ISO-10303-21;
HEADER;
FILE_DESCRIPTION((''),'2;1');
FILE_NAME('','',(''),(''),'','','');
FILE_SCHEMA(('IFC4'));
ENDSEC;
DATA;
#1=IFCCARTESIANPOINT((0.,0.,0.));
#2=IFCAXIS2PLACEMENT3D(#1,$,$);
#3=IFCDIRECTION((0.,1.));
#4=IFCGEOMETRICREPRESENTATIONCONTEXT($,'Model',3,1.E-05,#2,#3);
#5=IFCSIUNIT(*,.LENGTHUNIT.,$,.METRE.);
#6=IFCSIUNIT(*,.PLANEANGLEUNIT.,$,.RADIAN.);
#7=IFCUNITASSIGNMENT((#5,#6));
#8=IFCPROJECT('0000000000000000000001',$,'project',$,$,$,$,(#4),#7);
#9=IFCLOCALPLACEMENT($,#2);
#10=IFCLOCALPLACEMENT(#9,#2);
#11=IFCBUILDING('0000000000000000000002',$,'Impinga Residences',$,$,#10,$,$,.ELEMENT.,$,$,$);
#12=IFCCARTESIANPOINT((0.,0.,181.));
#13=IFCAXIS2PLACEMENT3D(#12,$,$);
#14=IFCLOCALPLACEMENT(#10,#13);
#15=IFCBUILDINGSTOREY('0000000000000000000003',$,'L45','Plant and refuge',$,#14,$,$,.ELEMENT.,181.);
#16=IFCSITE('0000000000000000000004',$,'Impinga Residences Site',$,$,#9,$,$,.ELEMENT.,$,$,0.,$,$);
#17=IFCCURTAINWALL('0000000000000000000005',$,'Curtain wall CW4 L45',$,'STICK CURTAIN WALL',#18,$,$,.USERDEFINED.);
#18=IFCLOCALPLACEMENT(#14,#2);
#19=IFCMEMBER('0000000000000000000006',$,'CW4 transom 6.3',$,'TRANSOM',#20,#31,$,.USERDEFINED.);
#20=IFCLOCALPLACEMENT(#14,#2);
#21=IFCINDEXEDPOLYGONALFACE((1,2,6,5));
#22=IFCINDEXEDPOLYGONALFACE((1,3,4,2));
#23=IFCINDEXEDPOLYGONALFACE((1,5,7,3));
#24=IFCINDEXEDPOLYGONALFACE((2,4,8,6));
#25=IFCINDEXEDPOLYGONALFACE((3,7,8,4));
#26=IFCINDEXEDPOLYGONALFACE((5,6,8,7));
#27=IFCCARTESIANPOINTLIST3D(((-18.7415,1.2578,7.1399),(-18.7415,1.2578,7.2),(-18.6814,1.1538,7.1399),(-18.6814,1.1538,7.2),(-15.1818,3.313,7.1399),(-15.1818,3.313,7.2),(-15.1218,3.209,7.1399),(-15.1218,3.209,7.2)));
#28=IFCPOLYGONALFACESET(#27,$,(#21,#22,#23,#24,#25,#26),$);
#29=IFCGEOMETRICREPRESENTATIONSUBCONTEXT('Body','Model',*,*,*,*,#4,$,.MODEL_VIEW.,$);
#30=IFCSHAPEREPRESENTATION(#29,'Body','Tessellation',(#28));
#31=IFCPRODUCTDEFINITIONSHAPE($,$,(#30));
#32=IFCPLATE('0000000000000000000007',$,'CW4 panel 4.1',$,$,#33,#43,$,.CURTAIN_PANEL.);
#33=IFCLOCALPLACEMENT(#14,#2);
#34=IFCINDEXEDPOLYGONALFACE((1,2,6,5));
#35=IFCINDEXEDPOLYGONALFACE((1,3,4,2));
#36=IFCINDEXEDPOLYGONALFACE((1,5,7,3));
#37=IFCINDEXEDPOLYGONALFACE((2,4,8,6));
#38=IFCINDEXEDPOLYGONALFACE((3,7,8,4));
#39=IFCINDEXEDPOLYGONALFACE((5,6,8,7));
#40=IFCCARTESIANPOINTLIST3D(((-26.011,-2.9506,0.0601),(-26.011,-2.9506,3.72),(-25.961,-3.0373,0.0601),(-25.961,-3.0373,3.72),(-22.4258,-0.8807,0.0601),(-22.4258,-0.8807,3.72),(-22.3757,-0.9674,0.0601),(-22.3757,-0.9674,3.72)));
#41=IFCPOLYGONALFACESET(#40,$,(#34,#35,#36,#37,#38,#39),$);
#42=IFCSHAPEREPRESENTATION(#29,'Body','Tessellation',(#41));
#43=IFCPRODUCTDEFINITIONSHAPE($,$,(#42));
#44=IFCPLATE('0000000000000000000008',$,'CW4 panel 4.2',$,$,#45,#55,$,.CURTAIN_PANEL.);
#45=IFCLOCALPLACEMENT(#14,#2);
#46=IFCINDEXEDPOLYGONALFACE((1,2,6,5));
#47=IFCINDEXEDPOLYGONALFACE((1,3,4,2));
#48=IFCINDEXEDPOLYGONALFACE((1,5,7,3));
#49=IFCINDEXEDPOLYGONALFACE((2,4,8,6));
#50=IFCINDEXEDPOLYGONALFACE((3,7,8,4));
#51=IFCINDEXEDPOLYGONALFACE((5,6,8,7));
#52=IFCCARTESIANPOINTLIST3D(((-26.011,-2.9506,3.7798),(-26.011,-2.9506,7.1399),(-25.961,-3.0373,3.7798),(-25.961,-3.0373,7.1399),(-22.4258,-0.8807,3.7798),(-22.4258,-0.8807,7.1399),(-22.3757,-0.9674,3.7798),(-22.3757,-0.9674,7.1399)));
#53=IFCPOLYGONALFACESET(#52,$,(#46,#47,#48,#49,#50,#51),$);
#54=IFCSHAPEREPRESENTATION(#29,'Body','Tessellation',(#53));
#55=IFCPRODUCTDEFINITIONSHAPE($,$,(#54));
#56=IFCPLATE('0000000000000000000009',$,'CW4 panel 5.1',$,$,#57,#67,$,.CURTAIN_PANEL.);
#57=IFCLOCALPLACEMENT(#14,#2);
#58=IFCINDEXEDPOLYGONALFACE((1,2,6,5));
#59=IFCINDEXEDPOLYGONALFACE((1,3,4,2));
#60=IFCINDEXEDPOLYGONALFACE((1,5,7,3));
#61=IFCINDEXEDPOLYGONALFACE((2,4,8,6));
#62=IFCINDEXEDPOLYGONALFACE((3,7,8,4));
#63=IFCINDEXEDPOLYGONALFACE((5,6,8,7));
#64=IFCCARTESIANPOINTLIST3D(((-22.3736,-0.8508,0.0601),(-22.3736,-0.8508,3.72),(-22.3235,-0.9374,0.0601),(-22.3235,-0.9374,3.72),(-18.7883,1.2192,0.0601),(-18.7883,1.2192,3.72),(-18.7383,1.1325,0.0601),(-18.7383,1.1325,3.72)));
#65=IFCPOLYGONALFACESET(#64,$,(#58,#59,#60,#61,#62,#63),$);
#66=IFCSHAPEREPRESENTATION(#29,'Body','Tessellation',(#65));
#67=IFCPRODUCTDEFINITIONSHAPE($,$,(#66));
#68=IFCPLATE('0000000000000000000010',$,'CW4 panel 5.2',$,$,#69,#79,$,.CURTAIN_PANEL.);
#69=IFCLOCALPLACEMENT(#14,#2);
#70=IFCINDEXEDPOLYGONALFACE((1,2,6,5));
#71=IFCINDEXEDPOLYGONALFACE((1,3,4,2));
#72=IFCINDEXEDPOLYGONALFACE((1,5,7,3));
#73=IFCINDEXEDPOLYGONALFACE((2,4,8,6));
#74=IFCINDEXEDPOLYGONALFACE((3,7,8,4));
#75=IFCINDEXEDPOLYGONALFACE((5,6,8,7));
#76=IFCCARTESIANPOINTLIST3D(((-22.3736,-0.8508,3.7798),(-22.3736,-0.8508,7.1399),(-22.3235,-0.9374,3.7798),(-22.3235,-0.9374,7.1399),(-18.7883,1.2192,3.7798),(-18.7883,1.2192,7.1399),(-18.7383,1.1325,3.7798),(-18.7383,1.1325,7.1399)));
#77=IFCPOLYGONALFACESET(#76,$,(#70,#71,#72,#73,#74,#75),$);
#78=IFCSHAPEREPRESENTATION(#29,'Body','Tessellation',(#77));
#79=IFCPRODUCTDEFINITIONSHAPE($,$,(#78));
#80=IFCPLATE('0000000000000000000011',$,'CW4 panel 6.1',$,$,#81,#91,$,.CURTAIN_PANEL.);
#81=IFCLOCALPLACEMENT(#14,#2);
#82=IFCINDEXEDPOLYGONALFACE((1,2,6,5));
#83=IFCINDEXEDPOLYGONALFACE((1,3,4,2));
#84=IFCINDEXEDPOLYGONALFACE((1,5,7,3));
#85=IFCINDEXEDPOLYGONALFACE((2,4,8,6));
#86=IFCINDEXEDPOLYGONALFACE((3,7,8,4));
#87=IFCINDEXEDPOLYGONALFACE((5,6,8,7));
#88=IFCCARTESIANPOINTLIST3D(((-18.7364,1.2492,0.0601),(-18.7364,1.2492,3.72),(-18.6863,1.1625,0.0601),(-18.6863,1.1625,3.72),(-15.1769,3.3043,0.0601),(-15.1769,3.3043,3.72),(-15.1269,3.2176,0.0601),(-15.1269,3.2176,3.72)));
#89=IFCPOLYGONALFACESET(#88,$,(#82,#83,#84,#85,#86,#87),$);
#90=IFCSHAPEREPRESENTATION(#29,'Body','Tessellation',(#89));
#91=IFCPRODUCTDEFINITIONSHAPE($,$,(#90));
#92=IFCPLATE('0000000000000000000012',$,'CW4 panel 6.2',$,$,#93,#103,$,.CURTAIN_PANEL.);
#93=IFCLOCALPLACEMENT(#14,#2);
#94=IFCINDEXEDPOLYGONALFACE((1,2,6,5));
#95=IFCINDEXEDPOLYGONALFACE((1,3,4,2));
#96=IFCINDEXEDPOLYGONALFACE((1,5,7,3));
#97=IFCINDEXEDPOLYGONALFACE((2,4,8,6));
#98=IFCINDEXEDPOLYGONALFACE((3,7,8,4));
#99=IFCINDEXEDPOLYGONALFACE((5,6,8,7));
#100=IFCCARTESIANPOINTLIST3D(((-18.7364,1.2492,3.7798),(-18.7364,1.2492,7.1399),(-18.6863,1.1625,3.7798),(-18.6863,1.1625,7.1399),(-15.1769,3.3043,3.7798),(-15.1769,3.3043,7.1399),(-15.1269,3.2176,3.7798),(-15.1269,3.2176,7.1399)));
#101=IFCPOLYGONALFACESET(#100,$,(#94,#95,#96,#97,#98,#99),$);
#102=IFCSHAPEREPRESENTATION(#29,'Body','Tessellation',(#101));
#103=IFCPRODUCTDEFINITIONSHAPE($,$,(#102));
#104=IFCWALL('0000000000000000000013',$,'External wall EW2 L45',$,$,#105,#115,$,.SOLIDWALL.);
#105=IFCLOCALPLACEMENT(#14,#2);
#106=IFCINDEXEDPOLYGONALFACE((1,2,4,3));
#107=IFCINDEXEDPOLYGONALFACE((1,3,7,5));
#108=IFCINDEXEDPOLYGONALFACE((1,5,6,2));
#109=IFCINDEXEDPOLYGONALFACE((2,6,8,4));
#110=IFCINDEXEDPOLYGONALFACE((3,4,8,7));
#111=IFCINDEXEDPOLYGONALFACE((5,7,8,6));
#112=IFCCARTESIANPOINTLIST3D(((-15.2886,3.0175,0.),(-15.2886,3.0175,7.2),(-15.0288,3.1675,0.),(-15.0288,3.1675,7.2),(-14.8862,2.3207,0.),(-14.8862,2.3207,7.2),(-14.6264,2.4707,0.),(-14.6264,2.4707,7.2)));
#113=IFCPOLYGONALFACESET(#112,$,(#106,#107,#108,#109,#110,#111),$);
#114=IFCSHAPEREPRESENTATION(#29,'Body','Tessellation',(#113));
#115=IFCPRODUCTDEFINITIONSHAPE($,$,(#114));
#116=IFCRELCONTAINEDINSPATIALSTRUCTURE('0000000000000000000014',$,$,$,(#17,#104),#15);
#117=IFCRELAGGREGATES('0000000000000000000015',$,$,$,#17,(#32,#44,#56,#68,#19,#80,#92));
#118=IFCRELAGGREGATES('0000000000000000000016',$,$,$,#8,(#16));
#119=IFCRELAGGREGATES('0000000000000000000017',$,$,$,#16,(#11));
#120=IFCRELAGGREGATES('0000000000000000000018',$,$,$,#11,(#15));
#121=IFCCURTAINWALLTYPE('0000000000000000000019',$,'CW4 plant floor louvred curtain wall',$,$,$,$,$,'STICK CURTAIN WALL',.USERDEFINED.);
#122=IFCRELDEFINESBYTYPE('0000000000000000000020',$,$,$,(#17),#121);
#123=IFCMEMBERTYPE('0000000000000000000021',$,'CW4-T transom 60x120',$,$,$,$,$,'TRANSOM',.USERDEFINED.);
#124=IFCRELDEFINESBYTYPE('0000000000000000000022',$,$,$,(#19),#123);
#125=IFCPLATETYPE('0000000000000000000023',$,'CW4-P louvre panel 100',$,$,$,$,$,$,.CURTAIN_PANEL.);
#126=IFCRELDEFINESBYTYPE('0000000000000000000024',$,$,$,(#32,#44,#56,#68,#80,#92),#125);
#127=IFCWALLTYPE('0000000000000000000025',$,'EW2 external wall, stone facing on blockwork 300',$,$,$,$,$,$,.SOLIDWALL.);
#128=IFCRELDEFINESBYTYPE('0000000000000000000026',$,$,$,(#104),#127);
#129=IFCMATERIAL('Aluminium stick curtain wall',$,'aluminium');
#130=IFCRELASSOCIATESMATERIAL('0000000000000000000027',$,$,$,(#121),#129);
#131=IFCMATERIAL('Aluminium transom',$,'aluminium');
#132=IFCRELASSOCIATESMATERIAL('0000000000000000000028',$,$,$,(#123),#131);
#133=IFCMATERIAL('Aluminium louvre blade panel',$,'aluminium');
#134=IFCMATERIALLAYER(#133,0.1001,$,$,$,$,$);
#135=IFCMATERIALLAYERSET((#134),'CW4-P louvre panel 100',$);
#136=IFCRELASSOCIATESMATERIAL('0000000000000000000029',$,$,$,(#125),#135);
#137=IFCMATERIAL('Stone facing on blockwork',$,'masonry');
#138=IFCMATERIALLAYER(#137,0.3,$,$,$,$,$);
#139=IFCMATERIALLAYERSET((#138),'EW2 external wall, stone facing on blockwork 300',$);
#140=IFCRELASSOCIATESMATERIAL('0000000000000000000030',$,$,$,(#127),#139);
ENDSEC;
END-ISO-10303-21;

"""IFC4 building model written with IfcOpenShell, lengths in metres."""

from ifc_helpers import new_model, si_unit, direction, frame, frame_2d, origin, origin_2d, place, context, subcontext, project, spatial, rectangle, extrude, material, layer, layer_set, material_profile, profile_set, type_object, element, aggregate, save


model = new_model("IFC4")

# Units and contexts
model_context = context("Model", 3, precision=1e-05, world=origin(), true_north=direction((0.0, 1.0)))
body_context = subcontext(model_context, "Body", "Model", "MODEL_VIEW")
ifc_project = project(units=[si_unit("LENGTHUNIT", "METRE"), si_unit("PLANEANGLEUNIT", "RADIAN")], contexts=[model_context])

# Site, building, storey
site_placement = place(None, origin())
site = spatial("IfcSite", under=ifc_project, at=site_placement, Name="Impinga Residences Site", CompositionType="ELEMENT", RefElevation=0.0)
building_placement = place(site_placement, origin())
building = spatial("IfcBuilding", under=site, at=building_placement, Name="Impinga Residences", CompositionType="ELEMENT")
storey_placement = place(building_placement, frame((0.0, 0.0, 181.0)))
storey = spatial("IfcBuildingStorey", under=building, at=storey_placement, Name="L45", Description="Plant and refuge", CompositionType="ELEMENT", Elevation=181.0)

# Curtain wall, member, plates
ifc_material_1 = material(Name="Aluminium stick curtain wall", Category="aluminium")
curtain_wall_type = type_object("IfcCurtainWallType", Name="CW4 plant floor louvred curtain wall", ElementType="STICK CURTAIN WALL", PredefinedType="USERDEFINED", material=ifc_material_1)
curtain_wall_placement = place(storey_placement, origin())
curtain_wall = element("IfcCurtainWall", 1, at=curtain_wall_placement, inside=storey, type_object=curtain_wall_type, Name="Curtain wall CW4 L45", ObjectType="STICK CURTAIN WALL", PredefinedType="USERDEFINED")
ifc_material_2 = material(Name="Aluminium transom", Category="aluminium")
ifc_material_profile_1 = material_profile(ifc_material_2, rectangle(XDim=0.0601, YDim=0.1201, at=origin_2d()), Name="60x120 transom")
ifc_profile_set_1 = profile_set([ifc_material_profile_1], Name="Aluminium transom")
member_type_1 = type_object("IfcMemberType", Name="CW4-T transom 60x120", ElementType="TRANSOM", PredefinedType="USERDEFINED", material=ifc_profile_set_1)
member_1_placement = place(storey_placement, frame((-18.7114, 1.2058, 7.1699), z_axis=(0.866019, 0.50001, 0.0), x_axis=(0.0, 0.0, 1.0)))
member_1 = element("IfcMember", 2, at=member_1_placement, type_object=member_type_1, Name="CW4 transom 6.3", ObjectType="TRANSOM", PredefinedType="USERDEFINED", context=body_context, shape_type="SweptSolid", body=[
    extrude(rectangle(XDim=0.0601, YDim=0.1201, at=origin_2d()), origin(), (0.0, 0.0, 1.0), 4.1104),
])
ifc_material_3 = material(Name="Aluminium louvre blade panel", Category="aluminium")
ifc_layer_1 = layer(ifc_material_3, 0.1001)
ifc_layer_set_1 = layer_set([ifc_layer_1], Name="CW4-P louvre panel 100")
plate_type = type_object("IfcPlateType", Name="CW4-P louvre panel 100", PredefinedType="CURTAIN_PANEL", material=ifc_layer_set_1)
plate_1_placement = place(storey_placement, frame((-24.1934, -1.959, 0.0601), z_axis=(0.0, 0.0, 1.0), x_axis=(0.866025, 0.5, 0.0)))
plate_1 = element("IfcPlate", 3, at=plate_1_placement, type_object=plate_type, Name="CW4 panel 4.1", PredefinedType="CURTAIN_PANEL", context=body_context, shape_type="SweptSolid", body=[
    extrude(rectangle(XDim=4.1399, YDim=0.1001, at=origin_2d()), origin(), (0.0, 0.0, 1.0), 3.6599),
])
plate_2_placement = place(storey_placement, frame((-24.1934, -1.959, 3.7798), z_axis=(0.0, 0.0, 1.0), x_axis=(0.866025, 0.5, 0.0)))
plate_2 = element("IfcPlate", 4, at=plate_2_placement, type_object=plate_type, Name="CW4 panel 4.2", PredefinedType="CURTAIN_PANEL", context=body_context, shape_type="SweptSolid", body=[
    extrude(rectangle(XDim=4.1399, YDim=0.1001, at=origin_2d()), origin(), (0.0, 0.0, 1.0), 3.3601),
])
plate_3_placement = place(storey_placement, frame((-20.5559, 0.1409, 0.0601), z_axis=(0.0, 0.0, 1.0), x_axis=(0.866025, 0.5, 0.0)))
plate_3 = element("IfcPlate", 5, at=plate_3_placement, type_object=plate_type, Name="CW4 panel 5.1", PredefinedType="CURTAIN_PANEL", context=body_context, shape_type="SweptSolid", body=[
    extrude(rectangle(XDim=4.1399, YDim=0.1001, at=origin_2d()), origin(), (0.0, 0.0, 1.0), 3.6599),
])
plate_4_placement = place(storey_placement, frame((-20.5559, 0.1409, 3.7798), z_axis=(0.0, 0.0, 1.0), x_axis=(0.866025, 0.5, 0.0)))
plate_4 = element("IfcPlate", 6, at=plate_4_placement, type_object=plate_type, Name="CW4 panel 5.2", PredefinedType="CURTAIN_PANEL", context=body_context, shape_type="SweptSolid", body=[
    extrude(rectangle(XDim=4.1399, YDim=0.1001, at=origin_2d()), origin(), (0.0, 0.0, 1.0), 3.3601),
])
plate_5_placement = place(storey_placement, frame((-16.9316, 2.2334, 0.0601), z_axis=(0.0, 0.0, 1.0), x_axis=(0.866025, 0.5, 0.0)))
plate_5 = element("IfcPlate", 7, at=plate_5_placement, type_object=plate_type, Name="CW4 panel 6.1", PredefinedType="CURTAIN_PANEL", context=body_context, shape_type="SweptSolid", body=[
    extrude(rectangle(XDim=4.1101, YDim=0.1001, at=origin_2d()), origin(), (0.0, 0.0, 1.0), 3.6599),
])
plate_6_placement = place(storey_placement, frame((-16.9316, 2.2334, 3.7798), z_axis=(0.0, 0.0, 1.0), x_axis=(0.866025, 0.5, 0.0)))
plate_6 = element("IfcPlate", 8, at=plate_6_placement, type_object=plate_type, Name="CW4 panel 6.2", PredefinedType="CURTAIN_PANEL", context=body_context, shape_type="SweptSolid", body=[
    extrude(rectangle(XDim=4.1101, YDim=0.1001, at=origin_2d()), origin(), (0.0, 0.0, 1.0), 3.3601),
])
aggregate(curtain_wall, [plate_1, plate_2, plate_3, plate_4, member_1, plate_5, plate_6])

# Wall
ifc_material_4 = material(Name="Stone facing on blockwork", Category="masonry")
ifc_layer_2 = layer(ifc_material_4, 0.3)
ifc_layer_set_2 = layer_set([ifc_layer_2], Name="EW2 external wall, stone facing on blockwork 300")
wall_type = type_object("IfcWallType", Name="EW2 external wall, stone facing on blockwork 300", PredefinedType="SOLIDWALL", material=ifc_layer_set_2)
wall_placement = place(storey_placement, frame((-15.1587, 3.0925, 0.0), z_axis=(0.0, 0.0, 1.0), x_axis=(0.500055, -0.865994, 0.0)))
element("IfcWall", 9, at=wall_placement, inside=storey, type_object=wall_type, Name="External wall EW2 L45", PredefinedType="SOLIDWALL", context=body_context, shape_type="SweptSolid", body=[
    extrude(rectangle(XDim=0.8047, YDim=0.3, at=frame_2d((0.4023, 0.0))), origin(), (0.0, 0.0, 1.0), 7.2),
])

save(model, "model.ifc")
